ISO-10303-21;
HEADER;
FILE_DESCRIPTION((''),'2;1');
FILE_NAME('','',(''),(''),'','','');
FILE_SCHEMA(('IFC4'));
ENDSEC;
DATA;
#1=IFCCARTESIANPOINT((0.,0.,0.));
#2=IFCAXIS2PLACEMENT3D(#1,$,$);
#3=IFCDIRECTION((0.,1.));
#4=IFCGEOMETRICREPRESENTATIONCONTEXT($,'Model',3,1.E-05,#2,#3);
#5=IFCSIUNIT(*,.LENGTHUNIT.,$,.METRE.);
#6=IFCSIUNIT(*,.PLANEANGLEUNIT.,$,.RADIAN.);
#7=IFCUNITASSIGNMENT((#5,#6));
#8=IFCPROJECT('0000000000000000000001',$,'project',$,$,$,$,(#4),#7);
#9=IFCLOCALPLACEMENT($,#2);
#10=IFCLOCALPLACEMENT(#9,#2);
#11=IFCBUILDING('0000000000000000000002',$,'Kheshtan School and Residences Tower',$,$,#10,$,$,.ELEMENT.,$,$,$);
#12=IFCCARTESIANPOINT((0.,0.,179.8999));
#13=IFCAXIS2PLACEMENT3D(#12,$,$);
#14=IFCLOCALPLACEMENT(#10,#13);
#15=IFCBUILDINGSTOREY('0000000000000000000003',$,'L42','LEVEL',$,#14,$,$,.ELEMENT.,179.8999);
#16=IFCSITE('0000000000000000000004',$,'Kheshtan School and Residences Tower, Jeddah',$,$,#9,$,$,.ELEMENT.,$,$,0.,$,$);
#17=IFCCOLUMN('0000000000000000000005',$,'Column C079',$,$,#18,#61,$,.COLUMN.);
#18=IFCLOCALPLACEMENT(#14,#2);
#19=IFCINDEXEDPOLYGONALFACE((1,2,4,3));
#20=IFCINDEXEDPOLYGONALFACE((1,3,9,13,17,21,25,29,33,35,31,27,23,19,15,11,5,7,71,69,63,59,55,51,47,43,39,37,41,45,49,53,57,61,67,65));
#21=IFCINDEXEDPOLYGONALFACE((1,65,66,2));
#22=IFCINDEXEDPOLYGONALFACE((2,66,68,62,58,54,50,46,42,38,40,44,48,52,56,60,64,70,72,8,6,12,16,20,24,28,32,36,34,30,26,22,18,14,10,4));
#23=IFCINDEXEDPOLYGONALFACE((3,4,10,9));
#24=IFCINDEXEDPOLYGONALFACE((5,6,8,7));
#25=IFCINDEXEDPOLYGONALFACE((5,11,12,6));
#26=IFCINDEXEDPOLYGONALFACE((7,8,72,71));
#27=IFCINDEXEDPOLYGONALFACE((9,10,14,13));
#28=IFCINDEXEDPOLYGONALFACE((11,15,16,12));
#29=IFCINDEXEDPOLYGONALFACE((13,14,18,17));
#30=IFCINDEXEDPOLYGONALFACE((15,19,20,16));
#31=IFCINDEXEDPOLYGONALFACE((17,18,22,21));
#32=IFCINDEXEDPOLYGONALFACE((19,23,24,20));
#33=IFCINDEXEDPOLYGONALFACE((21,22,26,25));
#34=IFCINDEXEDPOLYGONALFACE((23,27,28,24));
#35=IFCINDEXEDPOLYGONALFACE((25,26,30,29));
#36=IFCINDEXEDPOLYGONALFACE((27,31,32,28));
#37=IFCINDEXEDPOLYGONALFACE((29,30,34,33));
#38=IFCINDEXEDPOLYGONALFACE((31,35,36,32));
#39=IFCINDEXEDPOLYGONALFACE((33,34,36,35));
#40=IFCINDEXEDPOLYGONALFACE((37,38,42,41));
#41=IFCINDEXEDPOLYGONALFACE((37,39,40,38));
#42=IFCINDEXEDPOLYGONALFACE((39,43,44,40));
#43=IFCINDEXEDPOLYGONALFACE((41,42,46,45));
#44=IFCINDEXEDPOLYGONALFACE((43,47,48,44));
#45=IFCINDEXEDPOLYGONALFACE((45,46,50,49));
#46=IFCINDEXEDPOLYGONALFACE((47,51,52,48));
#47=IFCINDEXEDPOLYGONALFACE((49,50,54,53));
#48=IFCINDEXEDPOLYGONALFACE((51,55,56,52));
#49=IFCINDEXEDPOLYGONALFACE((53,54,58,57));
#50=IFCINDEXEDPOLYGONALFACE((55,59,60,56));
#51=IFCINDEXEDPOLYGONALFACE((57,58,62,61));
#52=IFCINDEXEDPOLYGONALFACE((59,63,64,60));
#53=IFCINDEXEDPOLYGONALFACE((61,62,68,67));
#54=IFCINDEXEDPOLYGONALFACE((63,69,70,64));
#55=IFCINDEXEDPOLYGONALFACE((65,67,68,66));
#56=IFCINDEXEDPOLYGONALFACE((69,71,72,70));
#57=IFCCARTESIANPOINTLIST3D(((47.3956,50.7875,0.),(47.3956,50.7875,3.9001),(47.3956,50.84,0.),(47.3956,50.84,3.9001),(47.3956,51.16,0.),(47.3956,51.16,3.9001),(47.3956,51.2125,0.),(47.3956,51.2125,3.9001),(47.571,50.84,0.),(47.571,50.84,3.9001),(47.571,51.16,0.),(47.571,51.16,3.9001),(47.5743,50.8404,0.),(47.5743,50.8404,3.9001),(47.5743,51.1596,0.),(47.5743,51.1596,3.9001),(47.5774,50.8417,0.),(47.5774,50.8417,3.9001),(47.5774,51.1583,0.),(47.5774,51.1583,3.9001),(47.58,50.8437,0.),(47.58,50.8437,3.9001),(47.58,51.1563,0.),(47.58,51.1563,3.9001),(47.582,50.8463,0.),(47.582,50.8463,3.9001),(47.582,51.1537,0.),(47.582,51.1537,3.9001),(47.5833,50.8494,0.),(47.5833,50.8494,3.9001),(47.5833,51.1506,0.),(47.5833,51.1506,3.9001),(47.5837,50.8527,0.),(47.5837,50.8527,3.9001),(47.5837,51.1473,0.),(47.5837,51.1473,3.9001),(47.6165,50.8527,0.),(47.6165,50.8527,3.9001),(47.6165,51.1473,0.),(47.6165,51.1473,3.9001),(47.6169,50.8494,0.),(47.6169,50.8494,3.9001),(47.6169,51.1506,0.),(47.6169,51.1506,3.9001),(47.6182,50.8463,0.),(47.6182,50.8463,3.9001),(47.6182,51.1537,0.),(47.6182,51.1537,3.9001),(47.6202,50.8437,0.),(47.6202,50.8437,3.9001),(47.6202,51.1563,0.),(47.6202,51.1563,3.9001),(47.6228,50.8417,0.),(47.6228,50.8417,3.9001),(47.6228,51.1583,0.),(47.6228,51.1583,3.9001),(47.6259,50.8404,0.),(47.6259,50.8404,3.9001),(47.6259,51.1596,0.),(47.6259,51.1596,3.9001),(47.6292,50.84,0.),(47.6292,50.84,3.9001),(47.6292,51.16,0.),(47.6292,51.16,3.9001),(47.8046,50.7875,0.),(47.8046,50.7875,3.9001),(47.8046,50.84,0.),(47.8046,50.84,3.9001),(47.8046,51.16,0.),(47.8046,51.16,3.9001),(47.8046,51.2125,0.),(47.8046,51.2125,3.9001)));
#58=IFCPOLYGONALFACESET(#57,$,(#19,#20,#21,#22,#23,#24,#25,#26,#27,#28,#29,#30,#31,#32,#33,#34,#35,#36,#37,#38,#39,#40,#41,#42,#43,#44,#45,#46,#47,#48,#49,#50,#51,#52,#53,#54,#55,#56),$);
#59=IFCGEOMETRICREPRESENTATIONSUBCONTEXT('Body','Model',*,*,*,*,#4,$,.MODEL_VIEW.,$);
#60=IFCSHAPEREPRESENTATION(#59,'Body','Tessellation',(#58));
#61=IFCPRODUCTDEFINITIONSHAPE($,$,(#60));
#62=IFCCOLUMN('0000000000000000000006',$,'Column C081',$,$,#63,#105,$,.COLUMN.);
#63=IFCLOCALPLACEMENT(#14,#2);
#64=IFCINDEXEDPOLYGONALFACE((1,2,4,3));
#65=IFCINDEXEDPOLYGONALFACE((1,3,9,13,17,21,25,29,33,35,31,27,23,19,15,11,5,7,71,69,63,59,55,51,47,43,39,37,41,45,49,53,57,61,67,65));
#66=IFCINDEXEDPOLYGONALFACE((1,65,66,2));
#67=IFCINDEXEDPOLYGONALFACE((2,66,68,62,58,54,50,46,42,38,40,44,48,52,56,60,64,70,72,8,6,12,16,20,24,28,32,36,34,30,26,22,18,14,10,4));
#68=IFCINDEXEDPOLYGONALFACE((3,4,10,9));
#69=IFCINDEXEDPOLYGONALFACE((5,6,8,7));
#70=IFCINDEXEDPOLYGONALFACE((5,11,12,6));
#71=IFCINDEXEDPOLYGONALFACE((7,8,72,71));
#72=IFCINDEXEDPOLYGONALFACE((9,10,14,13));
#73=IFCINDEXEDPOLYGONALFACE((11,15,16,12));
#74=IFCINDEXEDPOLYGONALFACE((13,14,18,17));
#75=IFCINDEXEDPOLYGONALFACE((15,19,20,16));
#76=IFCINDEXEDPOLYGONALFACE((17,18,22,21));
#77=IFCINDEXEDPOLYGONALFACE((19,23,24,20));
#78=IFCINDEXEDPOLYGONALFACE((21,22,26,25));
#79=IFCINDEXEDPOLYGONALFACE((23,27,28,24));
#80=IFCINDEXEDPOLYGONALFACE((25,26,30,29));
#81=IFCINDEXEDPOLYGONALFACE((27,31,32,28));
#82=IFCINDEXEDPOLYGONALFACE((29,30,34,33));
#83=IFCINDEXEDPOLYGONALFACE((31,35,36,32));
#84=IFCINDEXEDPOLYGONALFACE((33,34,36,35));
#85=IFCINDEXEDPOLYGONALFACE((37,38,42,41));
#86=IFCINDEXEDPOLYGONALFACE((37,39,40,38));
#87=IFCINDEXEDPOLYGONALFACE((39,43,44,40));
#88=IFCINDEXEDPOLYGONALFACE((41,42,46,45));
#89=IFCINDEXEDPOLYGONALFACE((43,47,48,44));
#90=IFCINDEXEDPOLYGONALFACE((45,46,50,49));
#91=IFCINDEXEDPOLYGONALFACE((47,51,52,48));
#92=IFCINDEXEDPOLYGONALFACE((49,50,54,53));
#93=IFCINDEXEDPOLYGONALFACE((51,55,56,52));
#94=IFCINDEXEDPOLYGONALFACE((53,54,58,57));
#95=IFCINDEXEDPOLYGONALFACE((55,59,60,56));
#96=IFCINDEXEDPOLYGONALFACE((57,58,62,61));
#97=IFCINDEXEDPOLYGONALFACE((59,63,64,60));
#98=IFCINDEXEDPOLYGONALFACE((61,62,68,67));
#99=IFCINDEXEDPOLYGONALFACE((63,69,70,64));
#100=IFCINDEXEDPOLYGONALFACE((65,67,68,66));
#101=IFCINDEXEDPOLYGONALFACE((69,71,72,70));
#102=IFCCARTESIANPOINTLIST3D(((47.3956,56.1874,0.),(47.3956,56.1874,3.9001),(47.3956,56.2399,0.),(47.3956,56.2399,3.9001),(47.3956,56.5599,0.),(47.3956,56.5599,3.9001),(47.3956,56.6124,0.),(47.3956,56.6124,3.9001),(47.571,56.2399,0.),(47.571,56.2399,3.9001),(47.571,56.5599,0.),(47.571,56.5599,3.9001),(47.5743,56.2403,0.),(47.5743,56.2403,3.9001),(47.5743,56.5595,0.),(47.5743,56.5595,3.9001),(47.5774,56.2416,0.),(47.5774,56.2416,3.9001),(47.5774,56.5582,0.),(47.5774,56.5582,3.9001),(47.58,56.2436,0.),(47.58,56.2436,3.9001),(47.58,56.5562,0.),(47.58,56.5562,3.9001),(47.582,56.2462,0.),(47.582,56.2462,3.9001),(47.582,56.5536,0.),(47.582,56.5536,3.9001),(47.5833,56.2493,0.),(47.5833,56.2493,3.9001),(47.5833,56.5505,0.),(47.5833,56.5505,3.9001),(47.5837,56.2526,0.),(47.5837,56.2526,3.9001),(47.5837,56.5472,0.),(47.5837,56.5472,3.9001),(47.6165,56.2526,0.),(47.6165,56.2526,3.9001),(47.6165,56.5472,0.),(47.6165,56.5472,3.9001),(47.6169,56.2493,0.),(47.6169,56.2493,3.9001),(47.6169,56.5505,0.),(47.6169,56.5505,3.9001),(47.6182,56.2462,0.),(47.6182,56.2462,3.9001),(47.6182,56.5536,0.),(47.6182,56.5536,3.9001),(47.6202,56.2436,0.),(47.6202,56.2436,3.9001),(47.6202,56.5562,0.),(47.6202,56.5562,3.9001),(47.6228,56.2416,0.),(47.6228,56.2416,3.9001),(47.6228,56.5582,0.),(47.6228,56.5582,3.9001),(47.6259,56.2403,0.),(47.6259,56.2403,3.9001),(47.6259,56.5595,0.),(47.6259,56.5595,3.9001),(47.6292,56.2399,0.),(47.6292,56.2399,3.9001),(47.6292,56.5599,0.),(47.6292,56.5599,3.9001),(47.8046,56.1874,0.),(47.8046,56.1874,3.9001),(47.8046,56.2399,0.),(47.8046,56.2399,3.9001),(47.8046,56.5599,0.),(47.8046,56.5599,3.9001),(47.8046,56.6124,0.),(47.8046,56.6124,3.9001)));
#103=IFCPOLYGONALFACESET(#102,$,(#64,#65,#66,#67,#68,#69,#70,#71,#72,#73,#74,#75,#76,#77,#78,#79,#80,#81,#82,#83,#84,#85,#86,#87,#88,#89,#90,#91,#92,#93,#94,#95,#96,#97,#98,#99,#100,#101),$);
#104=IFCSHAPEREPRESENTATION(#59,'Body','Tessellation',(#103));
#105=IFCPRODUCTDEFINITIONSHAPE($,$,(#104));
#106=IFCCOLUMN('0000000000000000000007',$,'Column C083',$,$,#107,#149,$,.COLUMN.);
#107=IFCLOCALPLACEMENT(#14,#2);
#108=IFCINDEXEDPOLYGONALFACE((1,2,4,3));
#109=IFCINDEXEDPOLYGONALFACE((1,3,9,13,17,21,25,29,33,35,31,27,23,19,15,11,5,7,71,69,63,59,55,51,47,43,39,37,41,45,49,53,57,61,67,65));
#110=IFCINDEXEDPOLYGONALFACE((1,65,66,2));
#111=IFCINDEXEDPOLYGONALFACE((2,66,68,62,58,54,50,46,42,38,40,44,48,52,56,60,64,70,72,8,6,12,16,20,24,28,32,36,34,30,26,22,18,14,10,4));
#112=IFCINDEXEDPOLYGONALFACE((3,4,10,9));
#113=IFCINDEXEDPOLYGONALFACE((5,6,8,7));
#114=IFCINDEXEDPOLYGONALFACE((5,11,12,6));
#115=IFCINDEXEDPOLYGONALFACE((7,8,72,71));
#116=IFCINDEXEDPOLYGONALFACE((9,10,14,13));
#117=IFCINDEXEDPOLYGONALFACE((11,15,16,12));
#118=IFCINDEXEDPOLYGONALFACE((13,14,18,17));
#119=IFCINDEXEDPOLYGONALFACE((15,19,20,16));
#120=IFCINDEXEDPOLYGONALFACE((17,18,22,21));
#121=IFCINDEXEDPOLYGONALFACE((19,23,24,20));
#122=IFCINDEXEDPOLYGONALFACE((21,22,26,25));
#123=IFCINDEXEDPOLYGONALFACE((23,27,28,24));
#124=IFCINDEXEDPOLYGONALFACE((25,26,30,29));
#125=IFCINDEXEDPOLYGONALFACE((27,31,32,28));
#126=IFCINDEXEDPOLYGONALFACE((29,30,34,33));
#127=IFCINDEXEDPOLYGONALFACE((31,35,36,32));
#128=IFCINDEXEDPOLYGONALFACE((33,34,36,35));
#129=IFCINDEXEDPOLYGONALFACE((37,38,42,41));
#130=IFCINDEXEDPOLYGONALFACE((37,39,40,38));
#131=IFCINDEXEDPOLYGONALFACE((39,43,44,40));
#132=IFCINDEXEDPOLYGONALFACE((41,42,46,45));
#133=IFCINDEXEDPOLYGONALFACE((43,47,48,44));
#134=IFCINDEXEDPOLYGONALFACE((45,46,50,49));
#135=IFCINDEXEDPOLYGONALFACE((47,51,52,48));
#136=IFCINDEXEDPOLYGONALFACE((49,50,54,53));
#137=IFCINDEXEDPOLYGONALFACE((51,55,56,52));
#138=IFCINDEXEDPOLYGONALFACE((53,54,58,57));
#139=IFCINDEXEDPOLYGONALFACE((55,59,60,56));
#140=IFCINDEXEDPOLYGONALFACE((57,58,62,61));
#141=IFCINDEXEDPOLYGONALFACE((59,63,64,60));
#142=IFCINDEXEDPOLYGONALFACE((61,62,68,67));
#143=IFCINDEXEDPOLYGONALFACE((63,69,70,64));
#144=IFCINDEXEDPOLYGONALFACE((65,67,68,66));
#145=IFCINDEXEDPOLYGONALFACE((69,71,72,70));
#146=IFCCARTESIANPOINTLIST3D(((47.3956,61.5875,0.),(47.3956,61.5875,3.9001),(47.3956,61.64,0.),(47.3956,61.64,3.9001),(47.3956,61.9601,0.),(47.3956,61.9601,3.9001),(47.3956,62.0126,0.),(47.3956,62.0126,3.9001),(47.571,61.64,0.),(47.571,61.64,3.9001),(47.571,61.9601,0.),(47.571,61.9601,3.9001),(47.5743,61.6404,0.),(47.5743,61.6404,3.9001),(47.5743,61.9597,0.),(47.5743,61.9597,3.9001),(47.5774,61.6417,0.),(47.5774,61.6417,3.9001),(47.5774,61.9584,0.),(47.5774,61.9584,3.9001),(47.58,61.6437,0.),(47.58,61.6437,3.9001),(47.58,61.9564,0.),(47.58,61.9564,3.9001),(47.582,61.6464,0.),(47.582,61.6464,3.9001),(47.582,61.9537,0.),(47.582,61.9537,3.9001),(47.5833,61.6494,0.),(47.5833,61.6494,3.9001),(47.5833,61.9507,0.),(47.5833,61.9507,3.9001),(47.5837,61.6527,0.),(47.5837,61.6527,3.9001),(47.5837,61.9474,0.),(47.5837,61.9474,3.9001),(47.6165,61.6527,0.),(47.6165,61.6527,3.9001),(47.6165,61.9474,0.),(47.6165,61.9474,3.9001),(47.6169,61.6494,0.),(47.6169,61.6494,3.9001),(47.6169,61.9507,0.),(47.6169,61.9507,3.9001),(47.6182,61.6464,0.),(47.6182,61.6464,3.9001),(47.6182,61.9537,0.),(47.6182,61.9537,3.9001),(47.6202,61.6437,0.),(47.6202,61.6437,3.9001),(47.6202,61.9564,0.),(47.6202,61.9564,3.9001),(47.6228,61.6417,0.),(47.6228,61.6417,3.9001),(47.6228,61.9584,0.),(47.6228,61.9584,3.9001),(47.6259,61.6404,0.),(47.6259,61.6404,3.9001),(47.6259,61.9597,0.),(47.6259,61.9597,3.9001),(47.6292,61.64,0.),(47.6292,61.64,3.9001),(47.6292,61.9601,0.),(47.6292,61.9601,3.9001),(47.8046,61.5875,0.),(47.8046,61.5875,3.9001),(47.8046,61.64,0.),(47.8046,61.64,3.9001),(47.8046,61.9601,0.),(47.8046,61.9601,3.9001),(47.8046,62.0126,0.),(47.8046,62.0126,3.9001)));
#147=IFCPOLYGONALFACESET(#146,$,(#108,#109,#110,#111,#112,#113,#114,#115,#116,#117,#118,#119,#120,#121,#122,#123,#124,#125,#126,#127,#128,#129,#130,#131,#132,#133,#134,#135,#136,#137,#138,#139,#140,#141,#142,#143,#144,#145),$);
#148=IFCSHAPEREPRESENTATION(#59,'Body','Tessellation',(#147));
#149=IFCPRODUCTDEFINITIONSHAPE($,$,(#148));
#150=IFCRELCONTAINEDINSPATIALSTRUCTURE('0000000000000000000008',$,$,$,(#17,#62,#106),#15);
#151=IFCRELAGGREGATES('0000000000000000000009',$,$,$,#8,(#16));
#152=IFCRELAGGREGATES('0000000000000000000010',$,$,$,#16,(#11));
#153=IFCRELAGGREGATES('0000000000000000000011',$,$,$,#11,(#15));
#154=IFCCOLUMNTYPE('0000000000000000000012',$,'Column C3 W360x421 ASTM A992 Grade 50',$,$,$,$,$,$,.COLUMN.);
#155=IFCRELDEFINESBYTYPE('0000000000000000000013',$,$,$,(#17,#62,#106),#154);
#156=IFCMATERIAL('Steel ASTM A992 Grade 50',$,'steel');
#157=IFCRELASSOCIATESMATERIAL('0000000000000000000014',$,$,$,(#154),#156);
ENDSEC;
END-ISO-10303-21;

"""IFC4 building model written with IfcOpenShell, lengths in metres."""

from ifc_helpers import new_model, si_unit, direction, frame, origin, origin_2d, place, context, subcontext, project, spatial, i_section, extrude, material, material_profile, profile_set, type_object, element, save


model = new_model("IFC4")

# Units and contexts
model_context = context("Model", 3, precision=1e-05, world=origin(), true_north=direction((0.0, 1.0)))
body_context = subcontext(model_context, "Body", "Model", "MODEL_VIEW")
ifc_project = project(units=[si_unit("LENGTHUNIT", "METRE"), si_unit("PLANEANGLEUNIT", "RADIAN")], contexts=[model_context])

# Site, building, storey
site_placement = place(None, origin())
site = spatial("IfcSite", under=ifc_project, at=site_placement, Name="Kheshtan School and Residences Tower, Jeddah", CompositionType="ELEMENT", RefElevation=0.0)
building_placement = place(site_placement, origin())
building = spatial("IfcBuilding", under=site, at=building_placement, Name="Kheshtan School and Residences Tower", CompositionType="ELEMENT")
storey_placement = place(building_placement, frame((0.0, 0.0, 179.8999)))
storey = spatial("IfcBuildingStorey", under=building, at=storey_placement, Name="L42", Description="LEVEL", CompositionType="ELEMENT", Elevation=179.8999)

# Columns
ifc_material_1 = material(Name="Steel ASTM A992 Grade 50", Category="steel")
ifc_material_profile_1 = material_profile(ifc_material_1, i_section(OverallWidth=0.4089, OverallDepth=0.425, WebThickness=0.0327, FlangeThickness=0.0525, FilletRadius=0.0127, at=origin_2d()), Name="W360x421")
ifc_profile_set_1 = profile_set([ifc_material_profile_1], Name="Steel ASTM A992 Grade 50")
column_type_1 = type_object("IfcColumnType", Name="Column C3 W360x421 ASTM A992 Grade 50", PredefinedType="COLUMN", material=ifc_profile_set_1)
for number, where, z_axis, x_axis, name in (
    (1, (47.6001, 51.0, 0.0), (0.0, 0.0, 1.0), (1.0, 0.0, 0.0), "Column C079"),
    (2, (47.6001, 56.3999, 0.0), (0.0, 0.0, 1.0), (1.0, 0.0, 0.0), "Column C081"),
    (3, (47.6001, 61.8, 0.0), (0.0, 0.0, 1.0), (1.0, 0.0, 0.0), "Column C083"),
):
    element("IfcColumn", number, at=place(storey_placement, frame(where, z_axis=z_axis, x_axis=x_axis)), inside=storey, type_object=column_type_1, Name=name, PredefinedType="COLUMN", context=body_context, shape_type="SweptSolid", body=[
        extrude(i_section(OverallWidth=0.4089, OverallDepth=0.425, WebThickness=0.0327, FlangeThickness=0.0525, FilletRadius=0.0127, at=origin_2d()), origin(), (0.0, 0.0, 1.0), 3.9001),
    ])

save(model, "model.ifc")
